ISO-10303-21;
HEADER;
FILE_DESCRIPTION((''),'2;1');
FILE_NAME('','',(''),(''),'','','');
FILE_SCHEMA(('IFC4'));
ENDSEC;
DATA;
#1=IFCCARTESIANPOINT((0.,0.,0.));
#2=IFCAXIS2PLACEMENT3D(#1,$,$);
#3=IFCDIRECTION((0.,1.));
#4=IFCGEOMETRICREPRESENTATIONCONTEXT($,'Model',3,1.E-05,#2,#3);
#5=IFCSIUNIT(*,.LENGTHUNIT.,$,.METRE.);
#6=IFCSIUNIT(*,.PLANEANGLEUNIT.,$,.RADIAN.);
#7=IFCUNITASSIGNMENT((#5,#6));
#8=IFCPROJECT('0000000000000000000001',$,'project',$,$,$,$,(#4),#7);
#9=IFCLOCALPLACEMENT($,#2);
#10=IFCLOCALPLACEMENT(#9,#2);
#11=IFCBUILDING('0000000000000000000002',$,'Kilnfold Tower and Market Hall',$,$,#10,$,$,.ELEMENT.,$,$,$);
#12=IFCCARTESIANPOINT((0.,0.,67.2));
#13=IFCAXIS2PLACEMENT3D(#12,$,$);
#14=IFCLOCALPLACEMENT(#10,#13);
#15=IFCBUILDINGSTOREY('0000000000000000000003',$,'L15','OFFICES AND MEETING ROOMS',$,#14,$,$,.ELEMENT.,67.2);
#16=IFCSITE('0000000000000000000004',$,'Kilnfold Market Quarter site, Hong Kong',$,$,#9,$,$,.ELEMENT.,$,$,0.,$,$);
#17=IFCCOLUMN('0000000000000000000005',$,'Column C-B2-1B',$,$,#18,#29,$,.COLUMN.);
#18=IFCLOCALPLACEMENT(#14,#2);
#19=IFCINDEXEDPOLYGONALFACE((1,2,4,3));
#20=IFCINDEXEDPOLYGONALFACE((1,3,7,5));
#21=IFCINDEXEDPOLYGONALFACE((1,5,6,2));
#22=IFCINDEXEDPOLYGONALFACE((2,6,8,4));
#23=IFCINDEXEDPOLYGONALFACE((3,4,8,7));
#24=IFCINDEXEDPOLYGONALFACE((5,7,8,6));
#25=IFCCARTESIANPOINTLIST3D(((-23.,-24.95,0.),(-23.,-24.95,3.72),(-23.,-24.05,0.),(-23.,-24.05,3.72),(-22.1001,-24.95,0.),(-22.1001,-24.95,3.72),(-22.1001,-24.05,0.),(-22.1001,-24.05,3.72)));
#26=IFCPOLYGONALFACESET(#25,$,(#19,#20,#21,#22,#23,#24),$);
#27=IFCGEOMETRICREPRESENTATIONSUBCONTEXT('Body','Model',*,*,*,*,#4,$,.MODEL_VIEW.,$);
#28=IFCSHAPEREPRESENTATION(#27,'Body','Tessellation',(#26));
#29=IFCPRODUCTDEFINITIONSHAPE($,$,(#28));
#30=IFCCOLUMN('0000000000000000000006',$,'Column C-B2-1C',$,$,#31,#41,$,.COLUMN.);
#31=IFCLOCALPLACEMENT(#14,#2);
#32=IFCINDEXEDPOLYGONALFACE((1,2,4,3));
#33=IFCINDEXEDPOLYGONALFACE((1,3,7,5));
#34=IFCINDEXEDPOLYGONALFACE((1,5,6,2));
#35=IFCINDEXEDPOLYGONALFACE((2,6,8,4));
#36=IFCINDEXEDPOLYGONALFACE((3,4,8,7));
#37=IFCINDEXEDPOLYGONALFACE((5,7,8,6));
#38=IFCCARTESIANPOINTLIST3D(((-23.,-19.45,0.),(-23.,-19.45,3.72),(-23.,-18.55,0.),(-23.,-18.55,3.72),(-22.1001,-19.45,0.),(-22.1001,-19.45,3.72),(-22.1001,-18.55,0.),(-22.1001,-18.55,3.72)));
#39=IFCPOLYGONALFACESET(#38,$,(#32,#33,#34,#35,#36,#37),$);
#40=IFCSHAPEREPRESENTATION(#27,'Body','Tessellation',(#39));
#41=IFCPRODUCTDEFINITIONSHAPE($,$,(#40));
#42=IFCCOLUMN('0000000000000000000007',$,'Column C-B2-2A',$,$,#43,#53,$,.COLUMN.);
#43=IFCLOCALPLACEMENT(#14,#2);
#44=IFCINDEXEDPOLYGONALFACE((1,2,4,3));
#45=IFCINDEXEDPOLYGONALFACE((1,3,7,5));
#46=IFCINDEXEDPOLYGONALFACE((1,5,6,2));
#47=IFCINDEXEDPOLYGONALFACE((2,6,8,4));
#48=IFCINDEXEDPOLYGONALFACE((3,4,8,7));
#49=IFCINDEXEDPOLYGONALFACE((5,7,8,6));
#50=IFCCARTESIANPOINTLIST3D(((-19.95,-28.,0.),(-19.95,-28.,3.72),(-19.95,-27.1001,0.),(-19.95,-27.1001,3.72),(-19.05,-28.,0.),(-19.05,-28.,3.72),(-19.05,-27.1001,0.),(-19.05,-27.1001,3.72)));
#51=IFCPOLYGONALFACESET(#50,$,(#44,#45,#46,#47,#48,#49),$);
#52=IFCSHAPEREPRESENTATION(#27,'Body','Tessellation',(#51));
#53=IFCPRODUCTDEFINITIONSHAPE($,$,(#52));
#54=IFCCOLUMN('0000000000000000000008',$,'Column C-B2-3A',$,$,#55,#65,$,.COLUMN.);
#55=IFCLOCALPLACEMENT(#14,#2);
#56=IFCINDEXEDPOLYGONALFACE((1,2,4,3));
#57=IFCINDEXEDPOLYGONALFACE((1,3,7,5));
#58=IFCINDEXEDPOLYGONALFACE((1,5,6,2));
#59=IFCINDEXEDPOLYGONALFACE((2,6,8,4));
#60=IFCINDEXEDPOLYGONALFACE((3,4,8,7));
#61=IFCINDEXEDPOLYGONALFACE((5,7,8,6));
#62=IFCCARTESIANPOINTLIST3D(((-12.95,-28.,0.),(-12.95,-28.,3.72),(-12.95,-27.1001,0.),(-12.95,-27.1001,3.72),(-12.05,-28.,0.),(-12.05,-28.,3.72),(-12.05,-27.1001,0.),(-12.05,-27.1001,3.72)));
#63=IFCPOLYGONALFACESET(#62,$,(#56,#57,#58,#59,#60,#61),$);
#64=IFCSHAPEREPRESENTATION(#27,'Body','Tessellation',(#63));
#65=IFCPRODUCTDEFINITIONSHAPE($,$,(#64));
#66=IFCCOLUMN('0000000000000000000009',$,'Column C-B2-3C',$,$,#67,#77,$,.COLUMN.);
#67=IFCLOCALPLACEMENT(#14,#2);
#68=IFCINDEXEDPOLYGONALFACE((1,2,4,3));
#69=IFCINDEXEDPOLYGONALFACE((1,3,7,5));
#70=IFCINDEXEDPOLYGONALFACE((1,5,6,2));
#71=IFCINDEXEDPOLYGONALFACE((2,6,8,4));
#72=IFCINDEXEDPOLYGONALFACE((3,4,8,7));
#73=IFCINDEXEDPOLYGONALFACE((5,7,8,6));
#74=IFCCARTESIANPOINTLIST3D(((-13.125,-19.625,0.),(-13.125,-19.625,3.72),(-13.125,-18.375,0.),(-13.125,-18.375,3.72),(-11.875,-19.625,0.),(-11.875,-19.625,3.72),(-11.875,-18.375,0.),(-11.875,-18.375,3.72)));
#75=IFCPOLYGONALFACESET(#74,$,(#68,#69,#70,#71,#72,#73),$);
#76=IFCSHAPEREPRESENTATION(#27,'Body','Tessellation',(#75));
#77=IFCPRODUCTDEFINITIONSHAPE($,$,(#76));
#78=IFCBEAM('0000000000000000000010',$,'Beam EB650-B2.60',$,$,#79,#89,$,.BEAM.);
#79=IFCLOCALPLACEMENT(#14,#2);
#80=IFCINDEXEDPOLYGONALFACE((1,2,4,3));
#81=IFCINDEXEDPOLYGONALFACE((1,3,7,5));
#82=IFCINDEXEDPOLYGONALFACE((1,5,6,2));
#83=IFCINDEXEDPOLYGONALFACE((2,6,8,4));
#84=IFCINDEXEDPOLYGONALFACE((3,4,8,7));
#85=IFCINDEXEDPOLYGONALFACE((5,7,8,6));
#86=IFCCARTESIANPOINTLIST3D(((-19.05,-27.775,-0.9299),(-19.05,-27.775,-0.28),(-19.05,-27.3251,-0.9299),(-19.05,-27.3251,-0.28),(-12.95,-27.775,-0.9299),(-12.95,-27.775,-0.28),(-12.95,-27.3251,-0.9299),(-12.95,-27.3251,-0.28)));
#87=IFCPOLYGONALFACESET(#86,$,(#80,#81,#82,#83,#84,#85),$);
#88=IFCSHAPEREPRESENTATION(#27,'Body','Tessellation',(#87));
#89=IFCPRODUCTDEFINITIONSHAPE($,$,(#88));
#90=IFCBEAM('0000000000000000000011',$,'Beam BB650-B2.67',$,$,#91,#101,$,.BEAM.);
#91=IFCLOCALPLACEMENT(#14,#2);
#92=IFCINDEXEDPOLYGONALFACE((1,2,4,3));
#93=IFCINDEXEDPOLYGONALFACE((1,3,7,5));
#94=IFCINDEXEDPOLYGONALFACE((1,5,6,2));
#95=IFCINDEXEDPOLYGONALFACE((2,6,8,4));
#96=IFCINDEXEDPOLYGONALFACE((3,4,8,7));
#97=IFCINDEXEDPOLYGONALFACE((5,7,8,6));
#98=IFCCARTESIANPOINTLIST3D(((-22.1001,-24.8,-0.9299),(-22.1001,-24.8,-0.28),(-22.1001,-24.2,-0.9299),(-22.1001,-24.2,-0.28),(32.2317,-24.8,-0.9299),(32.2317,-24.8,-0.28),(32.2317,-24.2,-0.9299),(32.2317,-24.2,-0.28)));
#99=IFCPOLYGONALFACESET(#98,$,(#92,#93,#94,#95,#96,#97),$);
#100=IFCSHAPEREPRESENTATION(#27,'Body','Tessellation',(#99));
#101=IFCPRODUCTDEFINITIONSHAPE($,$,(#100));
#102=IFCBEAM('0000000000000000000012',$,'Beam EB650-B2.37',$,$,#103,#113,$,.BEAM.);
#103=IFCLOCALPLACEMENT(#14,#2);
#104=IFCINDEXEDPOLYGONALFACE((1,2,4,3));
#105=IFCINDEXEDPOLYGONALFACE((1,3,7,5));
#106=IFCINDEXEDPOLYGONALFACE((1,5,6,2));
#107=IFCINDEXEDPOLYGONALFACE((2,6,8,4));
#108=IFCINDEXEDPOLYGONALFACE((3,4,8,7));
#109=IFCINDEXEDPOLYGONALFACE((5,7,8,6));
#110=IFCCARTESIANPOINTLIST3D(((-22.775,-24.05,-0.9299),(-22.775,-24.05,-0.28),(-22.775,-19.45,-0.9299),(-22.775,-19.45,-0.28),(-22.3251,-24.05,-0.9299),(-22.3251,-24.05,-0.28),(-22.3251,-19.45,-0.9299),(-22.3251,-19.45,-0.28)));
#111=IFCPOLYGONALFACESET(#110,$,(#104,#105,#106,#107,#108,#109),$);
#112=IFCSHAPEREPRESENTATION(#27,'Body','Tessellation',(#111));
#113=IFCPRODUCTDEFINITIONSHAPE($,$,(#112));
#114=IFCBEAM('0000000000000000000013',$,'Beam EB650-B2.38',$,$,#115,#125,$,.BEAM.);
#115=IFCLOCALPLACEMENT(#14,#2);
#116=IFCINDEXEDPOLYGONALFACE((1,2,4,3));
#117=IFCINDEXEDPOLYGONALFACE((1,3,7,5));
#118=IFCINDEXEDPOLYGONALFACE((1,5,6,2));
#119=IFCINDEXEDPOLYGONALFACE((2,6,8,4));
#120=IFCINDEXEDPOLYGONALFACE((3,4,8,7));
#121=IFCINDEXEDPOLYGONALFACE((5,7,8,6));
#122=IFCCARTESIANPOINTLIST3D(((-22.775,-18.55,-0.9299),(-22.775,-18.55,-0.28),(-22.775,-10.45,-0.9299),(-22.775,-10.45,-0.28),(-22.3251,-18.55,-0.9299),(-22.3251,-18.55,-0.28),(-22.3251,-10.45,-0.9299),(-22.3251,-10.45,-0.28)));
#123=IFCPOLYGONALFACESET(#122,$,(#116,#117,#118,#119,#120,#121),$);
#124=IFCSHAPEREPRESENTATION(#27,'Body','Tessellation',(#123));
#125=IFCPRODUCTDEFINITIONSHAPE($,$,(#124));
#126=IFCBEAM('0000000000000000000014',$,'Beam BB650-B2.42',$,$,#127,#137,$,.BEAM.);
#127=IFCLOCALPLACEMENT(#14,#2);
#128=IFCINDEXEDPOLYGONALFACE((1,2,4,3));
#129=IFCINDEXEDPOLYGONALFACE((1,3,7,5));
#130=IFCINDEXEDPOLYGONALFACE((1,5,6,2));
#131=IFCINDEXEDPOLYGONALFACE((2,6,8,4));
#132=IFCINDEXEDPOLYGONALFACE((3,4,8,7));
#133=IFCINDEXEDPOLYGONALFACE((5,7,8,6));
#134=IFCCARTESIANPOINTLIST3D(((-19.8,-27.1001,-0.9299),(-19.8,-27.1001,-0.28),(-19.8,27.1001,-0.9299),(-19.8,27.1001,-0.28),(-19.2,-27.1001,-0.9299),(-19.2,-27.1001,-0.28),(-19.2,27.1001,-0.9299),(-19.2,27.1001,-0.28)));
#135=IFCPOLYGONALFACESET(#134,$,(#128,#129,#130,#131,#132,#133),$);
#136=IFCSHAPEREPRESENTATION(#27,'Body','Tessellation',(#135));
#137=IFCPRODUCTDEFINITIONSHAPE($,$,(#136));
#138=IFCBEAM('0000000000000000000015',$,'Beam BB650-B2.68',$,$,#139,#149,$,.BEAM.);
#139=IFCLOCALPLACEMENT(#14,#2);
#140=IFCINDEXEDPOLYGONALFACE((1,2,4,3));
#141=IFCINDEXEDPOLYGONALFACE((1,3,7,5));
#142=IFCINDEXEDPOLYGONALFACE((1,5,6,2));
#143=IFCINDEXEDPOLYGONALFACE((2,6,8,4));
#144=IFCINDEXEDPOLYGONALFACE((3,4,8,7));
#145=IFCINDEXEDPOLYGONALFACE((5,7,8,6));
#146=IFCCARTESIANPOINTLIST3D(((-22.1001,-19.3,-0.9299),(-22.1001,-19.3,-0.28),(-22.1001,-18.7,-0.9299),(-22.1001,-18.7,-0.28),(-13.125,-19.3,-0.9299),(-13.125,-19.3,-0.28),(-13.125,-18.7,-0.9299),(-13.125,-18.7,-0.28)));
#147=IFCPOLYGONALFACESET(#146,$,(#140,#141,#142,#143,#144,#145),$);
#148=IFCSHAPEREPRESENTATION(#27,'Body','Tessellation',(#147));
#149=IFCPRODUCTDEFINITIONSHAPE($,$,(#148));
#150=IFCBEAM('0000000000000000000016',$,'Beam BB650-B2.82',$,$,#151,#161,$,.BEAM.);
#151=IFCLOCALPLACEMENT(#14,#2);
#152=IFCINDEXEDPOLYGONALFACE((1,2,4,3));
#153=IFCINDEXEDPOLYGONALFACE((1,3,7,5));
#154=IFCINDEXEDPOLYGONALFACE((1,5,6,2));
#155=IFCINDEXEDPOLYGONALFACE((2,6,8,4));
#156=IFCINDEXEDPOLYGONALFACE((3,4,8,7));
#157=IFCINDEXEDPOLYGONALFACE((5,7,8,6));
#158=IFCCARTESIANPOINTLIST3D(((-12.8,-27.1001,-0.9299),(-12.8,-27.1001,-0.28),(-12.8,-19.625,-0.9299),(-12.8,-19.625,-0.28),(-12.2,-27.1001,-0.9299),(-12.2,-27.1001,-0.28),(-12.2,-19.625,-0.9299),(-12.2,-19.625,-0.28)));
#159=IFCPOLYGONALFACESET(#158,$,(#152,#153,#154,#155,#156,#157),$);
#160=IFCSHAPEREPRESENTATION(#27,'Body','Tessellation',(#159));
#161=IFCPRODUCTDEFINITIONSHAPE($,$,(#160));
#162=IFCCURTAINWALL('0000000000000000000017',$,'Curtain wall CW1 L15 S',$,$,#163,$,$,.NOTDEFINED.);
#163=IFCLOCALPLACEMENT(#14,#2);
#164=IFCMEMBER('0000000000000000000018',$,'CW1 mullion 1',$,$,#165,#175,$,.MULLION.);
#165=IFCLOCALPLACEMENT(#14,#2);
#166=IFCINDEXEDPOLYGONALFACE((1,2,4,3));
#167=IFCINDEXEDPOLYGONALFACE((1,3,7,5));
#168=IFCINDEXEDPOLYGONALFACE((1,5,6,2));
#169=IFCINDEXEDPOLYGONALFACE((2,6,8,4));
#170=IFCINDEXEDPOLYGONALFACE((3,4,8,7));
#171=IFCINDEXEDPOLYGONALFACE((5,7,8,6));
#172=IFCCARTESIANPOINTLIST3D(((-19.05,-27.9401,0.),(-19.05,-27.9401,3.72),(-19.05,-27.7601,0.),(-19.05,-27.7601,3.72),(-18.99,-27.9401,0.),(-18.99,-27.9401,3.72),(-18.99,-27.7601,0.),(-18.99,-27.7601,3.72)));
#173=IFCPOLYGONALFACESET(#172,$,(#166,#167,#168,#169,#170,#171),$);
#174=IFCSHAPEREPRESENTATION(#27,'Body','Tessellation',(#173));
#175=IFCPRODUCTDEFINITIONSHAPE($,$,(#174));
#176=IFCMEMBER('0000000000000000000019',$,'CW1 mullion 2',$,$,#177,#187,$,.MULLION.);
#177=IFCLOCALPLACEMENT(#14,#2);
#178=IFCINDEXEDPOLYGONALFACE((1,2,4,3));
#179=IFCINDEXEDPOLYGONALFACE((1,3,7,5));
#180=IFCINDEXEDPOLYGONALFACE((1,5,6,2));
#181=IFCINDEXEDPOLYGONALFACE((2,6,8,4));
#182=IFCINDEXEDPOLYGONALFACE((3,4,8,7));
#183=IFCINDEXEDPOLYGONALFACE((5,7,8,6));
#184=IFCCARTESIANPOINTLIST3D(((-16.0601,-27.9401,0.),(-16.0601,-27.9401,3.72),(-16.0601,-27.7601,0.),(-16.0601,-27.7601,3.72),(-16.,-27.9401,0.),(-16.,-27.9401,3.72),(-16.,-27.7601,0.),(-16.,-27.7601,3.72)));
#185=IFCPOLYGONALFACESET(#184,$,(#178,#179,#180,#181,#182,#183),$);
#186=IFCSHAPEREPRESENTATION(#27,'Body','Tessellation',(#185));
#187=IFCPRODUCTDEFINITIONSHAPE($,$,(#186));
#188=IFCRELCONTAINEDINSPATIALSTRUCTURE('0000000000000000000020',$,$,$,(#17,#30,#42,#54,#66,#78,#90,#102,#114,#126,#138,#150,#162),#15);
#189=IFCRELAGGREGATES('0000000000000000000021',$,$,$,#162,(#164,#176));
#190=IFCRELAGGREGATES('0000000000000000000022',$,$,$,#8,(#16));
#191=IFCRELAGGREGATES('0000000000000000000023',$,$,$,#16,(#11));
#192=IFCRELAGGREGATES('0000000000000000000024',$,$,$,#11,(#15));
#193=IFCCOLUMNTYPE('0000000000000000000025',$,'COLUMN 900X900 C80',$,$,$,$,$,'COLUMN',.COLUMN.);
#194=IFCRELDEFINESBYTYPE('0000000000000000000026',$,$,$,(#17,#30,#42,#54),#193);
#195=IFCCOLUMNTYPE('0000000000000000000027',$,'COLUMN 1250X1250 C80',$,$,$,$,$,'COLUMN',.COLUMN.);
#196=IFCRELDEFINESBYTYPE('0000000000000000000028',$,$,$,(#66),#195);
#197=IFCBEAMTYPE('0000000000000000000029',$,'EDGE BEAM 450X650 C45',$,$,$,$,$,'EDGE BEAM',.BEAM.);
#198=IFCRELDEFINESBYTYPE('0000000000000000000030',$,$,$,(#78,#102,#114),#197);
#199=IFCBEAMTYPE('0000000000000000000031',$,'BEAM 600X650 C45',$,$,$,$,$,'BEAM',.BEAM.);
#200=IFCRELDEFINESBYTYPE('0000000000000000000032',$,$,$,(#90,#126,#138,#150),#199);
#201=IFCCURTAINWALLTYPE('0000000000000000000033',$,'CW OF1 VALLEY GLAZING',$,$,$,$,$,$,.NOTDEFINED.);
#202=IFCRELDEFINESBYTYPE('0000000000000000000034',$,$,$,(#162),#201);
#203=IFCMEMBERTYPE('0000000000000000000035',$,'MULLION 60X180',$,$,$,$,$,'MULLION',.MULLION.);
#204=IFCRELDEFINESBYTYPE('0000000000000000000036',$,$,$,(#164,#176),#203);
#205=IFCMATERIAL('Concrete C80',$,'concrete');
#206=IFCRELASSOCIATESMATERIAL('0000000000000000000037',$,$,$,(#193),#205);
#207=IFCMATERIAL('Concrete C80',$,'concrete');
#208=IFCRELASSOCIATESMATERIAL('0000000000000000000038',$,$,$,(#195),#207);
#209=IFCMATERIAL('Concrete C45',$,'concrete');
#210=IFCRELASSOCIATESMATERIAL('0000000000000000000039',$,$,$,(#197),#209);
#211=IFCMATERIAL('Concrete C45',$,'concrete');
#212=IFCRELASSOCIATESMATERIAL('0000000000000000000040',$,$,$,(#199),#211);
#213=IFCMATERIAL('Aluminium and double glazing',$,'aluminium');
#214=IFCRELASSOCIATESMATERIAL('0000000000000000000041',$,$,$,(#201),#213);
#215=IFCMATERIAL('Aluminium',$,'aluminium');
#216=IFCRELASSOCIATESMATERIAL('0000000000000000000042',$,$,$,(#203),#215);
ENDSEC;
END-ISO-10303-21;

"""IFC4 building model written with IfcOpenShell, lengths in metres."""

from ifc_helpers import new_model, si_unit, direction, frame, origin, origin_2d, place, context, subcontext, project, spatial, rectangle, extrude, source, transform, mapped, material, material_profile, profile_set, type_object, element, aggregate, save


model = new_model("IFC4")

# Units and contexts
model_context = context("Model", 3, precision=1e-05, world=origin(), true_north=direction((0.0, 1.0)))
body_context = subcontext(model_context, "Body", "Model", "MODEL_VIEW")
ifc_project = project(units=[si_unit("LENGTHUNIT", "METRE"), si_unit("PLANEANGLEUNIT", "RADIAN")], contexts=[model_context])

# Site, building, storey
site_placement = place(None, origin())
site = spatial("IfcSite", under=ifc_project, at=site_placement, Name="Kilnfold Market Quarter site, Hong Kong", CompositionType="ELEMENT", RefElevation=0.0)
building_placement = place(site_placement, origin())
building = spatial("IfcBuilding", under=site, at=building_placement, Name="Kilnfold Tower and Market Hall", CompositionType="ELEMENT")
storey_placement = place(building_placement, frame((0.0, 0.0, 67.2)))
storey = spatial("IfcBuildingStorey", under=building, at=storey_placement, Name="L15", Description="OFFICES AND MEETING ROOMS", CompositionType="ELEMENT", Elevation=67.2)

# Columns
ifc_material_1 = material(Name="Concrete C80", Category="concrete")
ifc_material_profile_1 = material_profile(ifc_material_1, rectangle(XDim=0.8999, YDim=0.8999, at=origin_2d()), Name="RC 900x900")
ifc_profile_set_1 = profile_set([ifc_material_profile_1], Name="Concrete C80")
column_type_1 = type_object("IfcColumnType", Name="COLUMN 900X900 C80", ElementType="COLUMN", PredefinedType="COLUMN", material=ifc_profile_set_1)
shared_shape_1 = source(origin(), body_context, "Body", "SweptSolid", [
    extrude(rectangle(XDim=0.8999, YDim=0.8999, at=origin_2d()), origin(), (0.0, 0.0, 1.0), 3.72),
])
for number, where, z_axis, x_axis, name in (
    (1, (-22.55, -24.5, 0.0), (0.0, 0.0, 1.0), (1.0, 0.0, 0.0), "Column C-B2-1B"),
    (2, (-22.55, -19.0, 0.0), (0.0, 0.0, 1.0), (1.0, 0.0, 0.0), "Column C-B2-1C"),
    (3, (-19.5, -27.55, 0.0), (0.0, 0.0, 1.0), (1.0, 0.0, 0.0), "Column C-B2-2A"),
    (4, (-12.5, -27.55, 0.0), (0.0, 0.0, 1.0), (1.0, 0.0, 0.0), "Column C-B2-3A"),
):
    element("IfcColumn", number, at=place(storey_placement, frame(where, z_axis=z_axis, x_axis=x_axis)), inside=storey, type_object=column_type_1, Name=name, PredefinedType="COLUMN", context=body_context, shape_type="MappedRepresentation", body=[
        mapped(shared_shape_1, transform((0.0, 0.0, 0.0))),
    ])
ifc_material_2 = material(Name="Concrete C80", Category="concrete")
ifc_material_profile_2 = material_profile(ifc_material_2, rectangle(XDim=1.25, YDim=1.25, at=origin_2d()), Name="RC 1250x1250")
ifc_profile_set_2 = profile_set([ifc_material_profile_2], Name="Concrete C80")
column_type_2 = type_object("IfcColumnType", Name="COLUMN 1250X1250 C80", ElementType="COLUMN", PredefinedType="COLUMN", material=ifc_profile_set_2)
shared_shape_2 = source(origin(), body_context, "Body", "SweptSolid", [
    extrude(rectangle(XDim=1.25, YDim=1.25, at=origin_2d()), origin(), (0.0, 0.0, 1.0), 3.72),
])
column_placement = place(storey_placement, frame((-12.5, -19.0, 0.0), z_axis=(0.0, 0.0, 1.0), x_axis=(1.0, 0.0, 0.0)))
element("IfcColumn", 5, at=column_placement, inside=storey, type_object=column_type_2, Name="Column C-B2-3C", PredefinedType="COLUMN", context=body_context, shape_type="MappedRepresentation", body=[
    mapped(shared_shape_2, transform((0.0, 0.0, 0.0))),
])

# Beams
ifc_material_3 = material(Name="Concrete C45", Category="concrete")
ifc_material_profile_3 = material_profile(ifc_material_3, rectangle(XDim=0.45, YDim=0.6499, at=origin_2d()), Name="RC 450x650")
ifc_profile_set_3 = profile_set([ifc_material_profile_3], Name="Concrete C45")
beam_type_1 = type_object("IfcBeamType", Name="EDGE BEAM 450X650 C45", ElementType="EDGE BEAM", PredefinedType="BEAM", material=ifc_profile_set_3)
shared_shape_3 = source(origin(), body_context, "Body", "SweptSolid", [
    extrude(rectangle(XDim=0.45, YDim=0.6499, at=origin_2d()), origin(), (0.0, 0.0, 1.0), 6.1001),
])
beam_1_placement = place(storey_placement, frame((-19.05, -27.55, -0.605), z_axis=(1.0, 0.0, 0.0), x_axis=(0.0, 1.0, 0.0)))
element("IfcBeam", 6, at=beam_1_placement, inside=storey, type_object=beam_type_1, Name="Beam EB650-B2.60", PredefinedType="BEAM", context=body_context, shape_type="MappedRepresentation", body=[
    mapped(shared_shape_3, transform((0.0, 0.0, 0.0))),
])
ifc_material_4 = material(Name="Concrete C45", Category="concrete")
ifc_material_profile_4 = material_profile(ifc_material_4, rectangle(XDim=0.6001, YDim=0.6499, at=origin_2d()), Name="RC 600x650")
ifc_profile_set_4 = profile_set([ifc_material_profile_4], Name="Concrete C45")
beam_type_2 = type_object("IfcBeamType", Name="BEAM 600X650 C45", ElementType="BEAM", PredefinedType="BEAM", material=ifc_profile_set_4)
shared_shape_4 = source(origin(), body_context, "Body", "SweptSolid", [
    extrude(rectangle(XDim=0.6001, YDim=0.6499, at=origin_2d()), origin(), (0.0, 0.0, 1.0), 54.3318),
])
beam_2_placement = place(storey_placement, frame((-22.1001, -24.5, -0.605), z_axis=(1.0, 0.0, 0.0), x_axis=(0.0, 1.0, 0.0)))
element("IfcBeam", 7, at=beam_2_placement, inside=storey, type_object=beam_type_2, Name="Beam BB650-B2.67", PredefinedType="BEAM", context=body_context, shape_type="MappedRepresentation", body=[
    mapped(shared_shape_4, transform((0.0, 0.0, 0.0))),
])
shared_shape_5 = source(origin(), body_context, "Body", "SweptSolid", [
    extrude(rectangle(XDim=0.45, YDim=0.6499, at=origin_2d()), origin(), (0.0, 0.0, 1.0), 4.6001),
])
beam_3_placement = place(storey_placement, frame((-22.55, -24.05, -0.605), z_axis=(0.0, 1.0, 0.0), x_axis=(-1.0, 0.0, 0.0)))
element("IfcBeam", 8, at=beam_3_placement, inside=storey, type_object=beam_type_1, Name="Beam EB650-B2.37", PredefinedType="BEAM", context=body_context, shape_type="MappedRepresentation", body=[
    mapped(shared_shape_5, transform((0.0, 0.0, 0.0))),
])
shared_shape_6 = source(origin(), body_context, "Body", "SweptSolid", [
    extrude(rectangle(XDim=0.45, YDim=0.6499, at=origin_2d()), origin(), (0.0, 0.0, 1.0), 8.1001),
])
beam_4_placement = place(storey_placement, frame((-22.55, -18.55, -0.605), z_axis=(0.0, 1.0, 0.0), x_axis=(-1.0, 0.0, 0.0)))
element("IfcBeam", 9, at=beam_4_placement, inside=storey, type_object=beam_type_1, Name="Beam EB650-B2.38", PredefinedType="BEAM", context=body_context, shape_type="MappedRepresentation", body=[
    mapped(shared_shape_6, transform((0.0, 0.0, 0.0))),
])
shared_shape_7 = source(origin(), body_context, "Body", "SweptSolid", [
    extrude(rectangle(XDim=0.6001, YDim=0.6499, at=origin_2d()), origin(), (0.0, 0.0, 1.0), 54.2002),
])
beam_5_placement = place(storey_placement, frame((-19.5, -27.1001, -0.605), z_axis=(0.0, 1.0, 0.0), x_axis=(-1.0, 0.0, 0.0)))
element("IfcBeam", 10, at=beam_5_placement, inside=storey, type_object=beam_type_2, Name="Beam BB650-B2.42", PredefinedType="BEAM", context=body_context, shape_type="MappedRepresentation", body=[
    mapped(shared_shape_7, transform((0.0, 0.0, 0.0))),
])
shared_shape_8 = source(origin(), body_context, "Body", "SweptSolid", [
    extrude(rectangle(XDim=0.6001, YDim=0.6499, at=origin_2d()), origin(), (0.0, 0.0, 1.0), 8.9751),
])
beam_6_placement = place(storey_placement, frame((-22.1001, -19.0, -0.605), z_axis=(1.0, 0.0, 0.0), x_axis=(0.0, 1.0, 0.0)))
element("IfcBeam", 11, at=beam_6_placement, inside=storey, type_object=beam_type_2, Name="Beam BB650-B2.68", PredefinedType="BEAM", context=body_context, shape_type="MappedRepresentation", body=[
    mapped(shared_shape_8, transform((0.0, 0.0, 0.0))),
])
shared_shape_9 = source(origin(), body_context, "Body", "SweptSolid", [
    extrude(rectangle(XDim=0.6001, YDim=0.6499, at=origin_2d()), origin(), (0.0, 0.0, 1.0), 7.4751),
])
beam_7_placement = place(storey_placement, frame((-12.5, -27.1001, -0.605), z_axis=(0.0, 1.0, 0.0), x_axis=(-1.0, 0.0, 0.0)))
element("IfcBeam", 12, at=beam_7_placement, inside=storey, type_object=beam_type_2, Name="Beam BB650-B2.82", PredefinedType="BEAM", context=body_context, shape_type="MappedRepresentation", body=[
    mapped(shared_shape_9, transform((0.0, 0.0, 0.0))),
])

# Curtain wall, members
ifc_material_5 = material(Name="Aluminium and double glazing", Category="aluminium")
curtain_wall_type = type_object("IfcCurtainWallType", Name="CW OF1 VALLEY GLAZING", PredefinedType="NOTDEFINED", material=ifc_material_5)
curtain_wall_1_placement = place(storey_placement, origin())
curtain_wall_1 = element("IfcCurtainWall", 13, at=curtain_wall_1_placement, inside=storey, type_object=curtain_wall_type, Name="Curtain wall CW1 L15 S", PredefinedType="NOTDEFINED")
ifc_material_6 = material(Name="Aluminium", Category="aluminium")
ifc_material_profile_5 = material_profile(ifc_material_6, rectangle(XDim=0.0601, YDim=0.1799, at=origin_2d()), Name="MULLION 60x180")
ifc_profile_set_5 = profile_set([ifc_material_profile_5], Name="Aluminium")
member_type_1 = type_object("IfcMemberType", Name="MULLION 60X180", ElementType="MULLION", PredefinedType="MULLION", material=ifc_profile_set_5)
shared_shape_10 = source(origin(), body_context, "Body", "SweptSolid", [
    extrude(rectangle(XDim=0.0601, YDim=0.1799, at=origin_2d()), origin(), (0.0, 0.0, 1.0), 3.72),
])
member_1_placement = place(storey_placement, frame((-19.02, -27.8501, 0.0), z_axis=(0.0, 0.0, 1.0), x_axis=(1.0, 0.0, 0.0)))
member_1 = element("IfcMember", 14, at=member_1_placement, type_object=member_type_1, Name="CW1 mullion 1", PredefinedType="MULLION", context=body_context, shape_type="MappedRepresentation", body=[
    mapped(shared_shape_10, transform((0.0, 0.0, 0.0))),
])
member_2_placement = place(storey_placement, frame((-16.03, -27.8501, 0.0), z_axis=(0.0, 0.0, 1.0), x_axis=(1.0, 0.0, 0.0)))
member_2 = element("IfcMember", 15, at=member_2_placement, type_object=member_type_1, Name="CW1 mullion 2", PredefinedType="MULLION", context=body_context, shape_type="MappedRepresentation", body=[
    mapped(shared_shape_10, transform((0.0, 0.0, 0.0))),
])

aggregate(curtain_wall_1, [member_1, member_2])

save(model, "model.ifc")
